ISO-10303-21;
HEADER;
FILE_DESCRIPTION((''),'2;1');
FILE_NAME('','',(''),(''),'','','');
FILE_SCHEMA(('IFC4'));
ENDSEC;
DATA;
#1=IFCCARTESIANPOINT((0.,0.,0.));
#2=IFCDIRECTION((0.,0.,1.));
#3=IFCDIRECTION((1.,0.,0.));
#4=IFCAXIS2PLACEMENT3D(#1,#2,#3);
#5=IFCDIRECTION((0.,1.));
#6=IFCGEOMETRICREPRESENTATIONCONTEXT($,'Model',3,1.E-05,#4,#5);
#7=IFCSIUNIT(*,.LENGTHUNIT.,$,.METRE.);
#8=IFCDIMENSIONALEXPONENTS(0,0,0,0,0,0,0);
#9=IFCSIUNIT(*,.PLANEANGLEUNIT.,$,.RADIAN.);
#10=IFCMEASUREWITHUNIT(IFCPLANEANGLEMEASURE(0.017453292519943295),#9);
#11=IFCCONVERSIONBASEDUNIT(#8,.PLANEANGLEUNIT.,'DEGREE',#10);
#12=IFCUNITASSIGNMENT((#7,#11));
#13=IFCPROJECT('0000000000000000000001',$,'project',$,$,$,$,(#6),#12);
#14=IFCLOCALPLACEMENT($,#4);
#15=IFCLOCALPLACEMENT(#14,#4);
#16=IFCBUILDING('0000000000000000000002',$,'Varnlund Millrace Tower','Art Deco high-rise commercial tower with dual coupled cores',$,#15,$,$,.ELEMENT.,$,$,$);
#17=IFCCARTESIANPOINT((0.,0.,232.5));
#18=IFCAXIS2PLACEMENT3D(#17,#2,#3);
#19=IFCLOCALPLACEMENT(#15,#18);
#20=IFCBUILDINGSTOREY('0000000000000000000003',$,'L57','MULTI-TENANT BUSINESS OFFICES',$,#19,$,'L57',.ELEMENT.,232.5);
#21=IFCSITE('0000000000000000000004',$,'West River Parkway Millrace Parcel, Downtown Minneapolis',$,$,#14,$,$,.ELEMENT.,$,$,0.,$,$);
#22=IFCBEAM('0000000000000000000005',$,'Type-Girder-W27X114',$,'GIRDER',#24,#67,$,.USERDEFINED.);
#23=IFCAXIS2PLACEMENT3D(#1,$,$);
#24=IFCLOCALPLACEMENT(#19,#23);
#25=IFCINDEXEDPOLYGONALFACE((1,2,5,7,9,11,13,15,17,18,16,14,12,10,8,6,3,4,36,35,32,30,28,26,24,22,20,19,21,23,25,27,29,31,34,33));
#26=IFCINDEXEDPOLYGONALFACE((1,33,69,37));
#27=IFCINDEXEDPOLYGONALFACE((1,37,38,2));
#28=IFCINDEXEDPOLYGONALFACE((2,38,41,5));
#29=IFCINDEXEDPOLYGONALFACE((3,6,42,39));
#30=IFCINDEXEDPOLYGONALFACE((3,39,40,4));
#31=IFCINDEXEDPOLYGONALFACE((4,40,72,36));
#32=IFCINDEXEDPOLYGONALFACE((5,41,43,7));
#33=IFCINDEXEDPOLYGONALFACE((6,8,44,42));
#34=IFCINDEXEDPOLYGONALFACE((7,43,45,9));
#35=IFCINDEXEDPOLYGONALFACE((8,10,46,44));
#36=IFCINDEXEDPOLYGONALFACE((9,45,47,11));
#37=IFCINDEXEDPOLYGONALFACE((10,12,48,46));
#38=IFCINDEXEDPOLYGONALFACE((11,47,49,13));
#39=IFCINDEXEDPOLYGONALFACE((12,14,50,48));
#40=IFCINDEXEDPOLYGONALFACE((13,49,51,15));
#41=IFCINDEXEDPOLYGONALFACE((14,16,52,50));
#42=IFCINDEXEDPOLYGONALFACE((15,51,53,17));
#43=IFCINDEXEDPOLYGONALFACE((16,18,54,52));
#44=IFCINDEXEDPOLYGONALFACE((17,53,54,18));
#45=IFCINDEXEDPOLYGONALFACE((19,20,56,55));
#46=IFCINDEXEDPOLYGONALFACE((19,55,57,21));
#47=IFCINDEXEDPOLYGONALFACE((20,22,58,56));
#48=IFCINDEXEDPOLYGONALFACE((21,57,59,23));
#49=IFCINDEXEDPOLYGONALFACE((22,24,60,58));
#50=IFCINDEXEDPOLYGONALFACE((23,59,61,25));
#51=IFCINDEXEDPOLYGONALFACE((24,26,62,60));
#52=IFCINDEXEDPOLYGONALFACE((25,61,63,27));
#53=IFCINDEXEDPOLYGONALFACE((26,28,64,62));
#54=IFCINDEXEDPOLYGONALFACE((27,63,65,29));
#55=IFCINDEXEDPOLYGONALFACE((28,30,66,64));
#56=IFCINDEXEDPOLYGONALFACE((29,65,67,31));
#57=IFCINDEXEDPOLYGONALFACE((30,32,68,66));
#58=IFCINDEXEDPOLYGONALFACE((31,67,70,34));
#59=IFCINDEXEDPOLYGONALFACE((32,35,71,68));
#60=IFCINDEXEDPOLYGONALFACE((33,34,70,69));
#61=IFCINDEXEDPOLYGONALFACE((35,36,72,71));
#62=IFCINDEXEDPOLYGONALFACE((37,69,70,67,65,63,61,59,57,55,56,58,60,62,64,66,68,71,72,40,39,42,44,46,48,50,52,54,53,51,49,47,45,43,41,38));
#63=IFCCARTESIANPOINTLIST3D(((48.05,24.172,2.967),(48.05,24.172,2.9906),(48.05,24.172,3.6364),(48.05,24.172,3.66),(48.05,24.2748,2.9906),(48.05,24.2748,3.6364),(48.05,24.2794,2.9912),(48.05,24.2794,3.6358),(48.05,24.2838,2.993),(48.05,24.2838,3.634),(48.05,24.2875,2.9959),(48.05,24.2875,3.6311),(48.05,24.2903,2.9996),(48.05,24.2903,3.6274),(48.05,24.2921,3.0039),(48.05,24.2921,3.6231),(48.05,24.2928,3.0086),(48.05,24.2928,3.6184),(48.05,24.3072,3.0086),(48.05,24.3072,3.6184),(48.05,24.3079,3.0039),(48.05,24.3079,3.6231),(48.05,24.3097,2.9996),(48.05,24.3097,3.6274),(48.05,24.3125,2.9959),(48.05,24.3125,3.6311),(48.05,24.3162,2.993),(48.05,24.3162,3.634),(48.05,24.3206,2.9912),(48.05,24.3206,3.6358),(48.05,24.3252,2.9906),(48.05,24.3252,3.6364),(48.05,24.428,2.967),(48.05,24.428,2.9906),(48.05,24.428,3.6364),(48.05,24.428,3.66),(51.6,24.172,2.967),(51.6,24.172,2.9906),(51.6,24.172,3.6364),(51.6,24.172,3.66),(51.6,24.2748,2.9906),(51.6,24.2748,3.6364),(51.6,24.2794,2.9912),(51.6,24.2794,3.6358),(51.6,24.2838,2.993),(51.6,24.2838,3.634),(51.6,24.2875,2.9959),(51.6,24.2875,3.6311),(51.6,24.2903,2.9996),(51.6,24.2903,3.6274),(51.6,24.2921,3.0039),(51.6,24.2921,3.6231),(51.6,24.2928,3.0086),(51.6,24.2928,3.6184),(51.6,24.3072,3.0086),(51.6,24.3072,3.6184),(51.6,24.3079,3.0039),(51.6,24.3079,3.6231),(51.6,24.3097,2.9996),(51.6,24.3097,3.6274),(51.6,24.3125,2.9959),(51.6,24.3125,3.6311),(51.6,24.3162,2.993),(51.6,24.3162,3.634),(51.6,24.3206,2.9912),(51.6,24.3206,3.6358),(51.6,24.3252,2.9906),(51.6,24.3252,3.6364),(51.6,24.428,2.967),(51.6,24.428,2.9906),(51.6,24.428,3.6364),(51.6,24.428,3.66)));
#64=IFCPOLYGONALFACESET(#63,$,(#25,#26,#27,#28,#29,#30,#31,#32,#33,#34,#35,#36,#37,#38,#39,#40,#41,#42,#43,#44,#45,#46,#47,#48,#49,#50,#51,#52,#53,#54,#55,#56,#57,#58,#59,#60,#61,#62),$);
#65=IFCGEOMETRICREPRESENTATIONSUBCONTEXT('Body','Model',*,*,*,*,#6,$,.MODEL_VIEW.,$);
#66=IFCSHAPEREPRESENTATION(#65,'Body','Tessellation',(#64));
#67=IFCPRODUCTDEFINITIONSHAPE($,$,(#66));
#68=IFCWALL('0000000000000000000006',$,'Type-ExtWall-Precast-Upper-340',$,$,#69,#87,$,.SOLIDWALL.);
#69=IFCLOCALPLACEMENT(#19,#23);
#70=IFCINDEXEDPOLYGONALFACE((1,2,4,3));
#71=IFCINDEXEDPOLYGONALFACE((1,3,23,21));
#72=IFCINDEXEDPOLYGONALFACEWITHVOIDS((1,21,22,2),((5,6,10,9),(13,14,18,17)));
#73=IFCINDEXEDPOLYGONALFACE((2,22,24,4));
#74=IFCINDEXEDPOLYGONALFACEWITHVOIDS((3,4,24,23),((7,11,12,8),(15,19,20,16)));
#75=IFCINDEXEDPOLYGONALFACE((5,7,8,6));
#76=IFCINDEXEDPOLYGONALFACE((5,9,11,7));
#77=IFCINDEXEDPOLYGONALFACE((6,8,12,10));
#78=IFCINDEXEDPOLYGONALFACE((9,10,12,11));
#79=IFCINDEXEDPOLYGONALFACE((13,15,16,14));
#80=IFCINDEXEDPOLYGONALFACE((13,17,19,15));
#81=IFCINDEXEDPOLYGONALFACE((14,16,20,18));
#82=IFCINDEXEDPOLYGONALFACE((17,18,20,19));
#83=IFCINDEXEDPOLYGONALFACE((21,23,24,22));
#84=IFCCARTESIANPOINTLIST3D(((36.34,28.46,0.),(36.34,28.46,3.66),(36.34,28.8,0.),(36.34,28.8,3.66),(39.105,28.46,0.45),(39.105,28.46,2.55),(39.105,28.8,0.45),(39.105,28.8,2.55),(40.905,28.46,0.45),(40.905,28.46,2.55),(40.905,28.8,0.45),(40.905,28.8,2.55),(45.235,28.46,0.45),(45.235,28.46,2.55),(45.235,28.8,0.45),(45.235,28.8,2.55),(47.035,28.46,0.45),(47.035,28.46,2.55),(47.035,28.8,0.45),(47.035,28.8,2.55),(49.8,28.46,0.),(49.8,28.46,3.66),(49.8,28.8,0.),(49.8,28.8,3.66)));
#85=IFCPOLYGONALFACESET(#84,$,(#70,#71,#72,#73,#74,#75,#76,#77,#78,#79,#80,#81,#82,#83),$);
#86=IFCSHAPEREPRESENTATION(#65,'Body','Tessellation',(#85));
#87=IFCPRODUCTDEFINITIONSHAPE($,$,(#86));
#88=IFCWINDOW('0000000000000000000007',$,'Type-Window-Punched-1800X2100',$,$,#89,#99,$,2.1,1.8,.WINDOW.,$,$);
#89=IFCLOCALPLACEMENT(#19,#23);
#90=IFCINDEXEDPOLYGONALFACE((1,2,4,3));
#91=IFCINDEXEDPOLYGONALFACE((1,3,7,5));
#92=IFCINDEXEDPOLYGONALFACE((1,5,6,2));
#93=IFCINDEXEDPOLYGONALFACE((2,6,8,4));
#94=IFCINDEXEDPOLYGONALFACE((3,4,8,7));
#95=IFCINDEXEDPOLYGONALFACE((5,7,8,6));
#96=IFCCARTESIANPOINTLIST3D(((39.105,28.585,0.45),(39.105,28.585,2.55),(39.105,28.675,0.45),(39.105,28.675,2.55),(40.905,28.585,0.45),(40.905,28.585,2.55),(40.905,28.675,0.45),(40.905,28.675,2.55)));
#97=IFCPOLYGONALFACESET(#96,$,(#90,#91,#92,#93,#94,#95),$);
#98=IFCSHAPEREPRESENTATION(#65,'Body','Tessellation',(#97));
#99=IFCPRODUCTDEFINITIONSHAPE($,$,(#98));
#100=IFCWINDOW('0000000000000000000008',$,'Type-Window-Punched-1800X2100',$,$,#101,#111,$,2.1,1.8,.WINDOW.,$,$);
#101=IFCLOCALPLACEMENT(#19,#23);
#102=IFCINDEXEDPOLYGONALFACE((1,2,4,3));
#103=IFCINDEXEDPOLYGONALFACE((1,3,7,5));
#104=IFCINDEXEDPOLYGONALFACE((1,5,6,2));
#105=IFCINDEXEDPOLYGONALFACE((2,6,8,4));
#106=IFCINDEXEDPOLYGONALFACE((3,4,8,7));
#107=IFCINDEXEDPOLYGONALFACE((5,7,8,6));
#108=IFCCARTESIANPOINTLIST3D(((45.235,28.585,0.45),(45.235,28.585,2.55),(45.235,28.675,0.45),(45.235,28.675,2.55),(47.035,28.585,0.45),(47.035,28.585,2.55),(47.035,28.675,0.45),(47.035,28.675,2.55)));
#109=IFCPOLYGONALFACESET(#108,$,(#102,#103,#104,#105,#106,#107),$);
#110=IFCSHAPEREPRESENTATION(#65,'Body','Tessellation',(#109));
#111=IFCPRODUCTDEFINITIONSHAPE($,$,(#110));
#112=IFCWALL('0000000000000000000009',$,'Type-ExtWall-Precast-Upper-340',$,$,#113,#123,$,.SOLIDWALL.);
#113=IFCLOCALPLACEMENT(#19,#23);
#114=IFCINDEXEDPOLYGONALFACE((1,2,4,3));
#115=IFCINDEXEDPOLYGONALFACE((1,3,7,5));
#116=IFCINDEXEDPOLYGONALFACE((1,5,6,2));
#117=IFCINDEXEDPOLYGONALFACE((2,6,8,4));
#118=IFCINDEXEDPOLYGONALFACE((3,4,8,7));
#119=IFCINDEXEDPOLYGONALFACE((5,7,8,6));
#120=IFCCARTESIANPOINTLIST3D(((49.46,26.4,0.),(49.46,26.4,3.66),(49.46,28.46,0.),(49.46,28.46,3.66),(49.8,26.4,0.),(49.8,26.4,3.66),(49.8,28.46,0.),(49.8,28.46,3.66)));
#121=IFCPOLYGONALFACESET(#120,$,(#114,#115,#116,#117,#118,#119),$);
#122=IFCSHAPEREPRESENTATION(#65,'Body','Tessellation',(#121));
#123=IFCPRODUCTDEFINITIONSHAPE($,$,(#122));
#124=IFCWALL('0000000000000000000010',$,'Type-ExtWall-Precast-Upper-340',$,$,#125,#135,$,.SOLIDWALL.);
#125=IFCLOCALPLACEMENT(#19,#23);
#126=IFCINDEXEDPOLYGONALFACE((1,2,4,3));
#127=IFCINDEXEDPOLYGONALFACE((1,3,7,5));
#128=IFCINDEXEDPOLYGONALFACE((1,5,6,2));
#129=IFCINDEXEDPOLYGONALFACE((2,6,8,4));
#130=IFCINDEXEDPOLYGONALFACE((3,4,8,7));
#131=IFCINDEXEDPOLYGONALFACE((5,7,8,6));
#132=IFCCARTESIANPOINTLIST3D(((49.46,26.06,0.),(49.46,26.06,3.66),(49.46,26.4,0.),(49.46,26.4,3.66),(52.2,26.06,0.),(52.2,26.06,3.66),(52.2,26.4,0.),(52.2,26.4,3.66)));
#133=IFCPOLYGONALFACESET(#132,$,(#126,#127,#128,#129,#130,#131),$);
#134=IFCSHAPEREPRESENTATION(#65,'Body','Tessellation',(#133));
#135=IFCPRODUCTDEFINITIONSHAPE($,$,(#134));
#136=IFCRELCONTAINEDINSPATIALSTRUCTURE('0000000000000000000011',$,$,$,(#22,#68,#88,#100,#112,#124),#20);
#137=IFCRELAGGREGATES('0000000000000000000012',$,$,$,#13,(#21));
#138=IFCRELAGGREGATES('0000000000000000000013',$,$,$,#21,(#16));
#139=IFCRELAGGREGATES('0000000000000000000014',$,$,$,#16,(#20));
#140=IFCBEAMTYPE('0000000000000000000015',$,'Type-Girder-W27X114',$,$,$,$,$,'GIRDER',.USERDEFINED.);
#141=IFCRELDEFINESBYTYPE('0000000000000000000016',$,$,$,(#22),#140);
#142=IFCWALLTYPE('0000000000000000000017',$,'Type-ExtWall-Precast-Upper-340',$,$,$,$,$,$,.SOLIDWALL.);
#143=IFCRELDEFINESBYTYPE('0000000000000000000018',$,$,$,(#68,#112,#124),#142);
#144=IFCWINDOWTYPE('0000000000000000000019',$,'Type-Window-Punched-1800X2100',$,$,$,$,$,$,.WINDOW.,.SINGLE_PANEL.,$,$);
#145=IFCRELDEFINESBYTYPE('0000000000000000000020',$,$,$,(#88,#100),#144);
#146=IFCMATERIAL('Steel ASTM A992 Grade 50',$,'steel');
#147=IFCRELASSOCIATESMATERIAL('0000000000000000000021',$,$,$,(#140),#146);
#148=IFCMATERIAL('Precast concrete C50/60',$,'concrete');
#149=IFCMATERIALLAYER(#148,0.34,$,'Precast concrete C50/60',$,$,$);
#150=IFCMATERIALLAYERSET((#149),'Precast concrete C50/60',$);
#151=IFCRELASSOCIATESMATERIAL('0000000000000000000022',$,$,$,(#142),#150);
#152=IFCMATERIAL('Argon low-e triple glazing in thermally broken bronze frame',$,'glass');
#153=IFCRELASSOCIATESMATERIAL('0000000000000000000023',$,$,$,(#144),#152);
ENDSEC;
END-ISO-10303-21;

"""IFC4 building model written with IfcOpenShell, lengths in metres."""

from ifc_helpers import new_model, entity, si_unit, converted_unit, direction, frame, origin_with_axes, origin_2d_with_axis, place, context, subcontext, project, spatial, polyline, rectangle, i_section, outline, extrude, material, layer, layer_set, material_profile, profile_set, type_object, element, fill, save


model = new_model("IFC4")

# Units and contexts
model_context = context("Model", 3, precision=1e-05, world=origin_with_axes(), true_north=direction((0.0, 1.0)))
body_context = subcontext(model_context, "Body", "Model", "MODEL_VIEW")
ifc_project = project(units=[si_unit("LENGTHUNIT", "METRE"), converted_unit("PLANEANGLEUNIT", "DEGREE", entity("IfcPlaneAngleMeasure", 0.017453292519943295), si_unit("PLANEANGLEUNIT", "RADIAN"), dimensions=[0, 0, 0, 0, 0, 0, 0])], contexts=[model_context])

# Site, building, storey
site_placement = place(None, origin_with_axes())
site = spatial("IfcSite", under=ifc_project, at=site_placement, Name="West River Parkway Millrace Parcel, Downtown Minneapolis", CompositionType="ELEMENT", RefElevation=0.0)
building_placement = place(site_placement, origin_with_axes())
building = spatial("IfcBuilding", under=site, at=building_placement, Name="Varnlund Millrace Tower", Description="Art Deco high-rise commercial tower with dual coupled cores", CompositionType="ELEMENT")
storey_placement = place(building_placement, frame((0.0, 0.0, 232.5), z_axis=(0.0, 0.0, 1.0), x_axis=(1.0, 0.0, 0.0)))
storey = spatial("IfcBuildingStorey", under=building, at=storey_placement, Name="L57", Description="MULTI-TENANT BUSINESS OFFICES", LongName="L57", CompositionType="ELEMENT", Elevation=232.5)

# Beam
ifc_material_1 = material(Name="Steel ASTM A992 Grade 50", Category="steel")
ifc_material_profile = material_profile(ifc_material_1, i_section(OverallWidth=0.256, OverallDepth=0.693, WebThickness=0.0145, FlangeThickness=0.0236, FilletRadius=0.018, at=origin_2d_with_axis()), Name="Steel ASTM A992 Grade 50")
ifc_profile_set = profile_set([ifc_material_profile], Name="Steel ASTM A992 Grade 50")
beam_type = type_object("IfcBeamType", Name="Type-Girder-W27X114", ElementType="GIRDER", PredefinedType="USERDEFINED", material=ifc_profile_set)
beam_placement = place(storey_placement, frame((48.05, 24.3, 3.3135), z_axis=(1.0, 0.0, 0.0), x_axis=(0.0, 1.0, 0.0)))
element("IfcBeam", 1, at=beam_placement, inside=storey, type_object=beam_type, Name="Type-Girder-W27X114", ObjectType="GIRDER", PredefinedType="USERDEFINED", context=body_context, shape_type="SweptSolid", body=[
    extrude(i_section(OverallWidth=0.256, OverallDepth=0.693, WebThickness=0.0145, FlangeThickness=0.0236, FilletRadius=0.018, at=origin_2d_with_axis()), origin_with_axes(), (0.0, 0.0, 1.0), 3.55),
])

# Wall, openings, windows
ifc_material_2 = material(Name="Precast concrete C50/60", Category="concrete")
ifc_layer_1 = layer(ifc_material_2, 0.34, Name="Precast concrete C50/60")
ifc_layer_set_1 = layer_set([ifc_layer_1], Name="Precast concrete C50/60")
wall_type_1 = type_object("IfcWallType", Name="Type-ExtWall-Precast-Upper-340", PredefinedType="SOLIDWALL", material=ifc_layer_set_1)
wall_1_placement = place(storey_placement, frame((36.34, 28.63, 0.0), z_axis=(0.0, 0.0, 1.0), x_axis=(1.0, 0.0, 0.0)))
wall_1 = element("IfcWall", 2, at=wall_1_placement, inside=storey, type_object=wall_type_1, Name="Type-ExtWall-Precast-Upper-340", PredefinedType="SOLIDWALL", context=body_context, shape_type="SweptSolid", body=[
    extrude(outline(polyline([(0.0, -0.17), (13.46, -0.17), (13.46, 0.17), (0.0, 0.17), (0.0, -0.17)])), origin_with_axes(), (0.0, 0.0, 1.0), 3.66),
])
opening_1_placement = place(wall_1_placement, frame((3.665, 0.0, 0.45), z_axis=(0.0, 0.0, 1.0), x_axis=(1.0, 0.0, 0.0)))
opening_1 = element("IfcOpeningElement", 3, at=opening_1_placement, cuts=wall_1, PredefinedType="OPENING", context=body_context, shape_type="SweptSolid", body=[
    extrude(rectangle(XDim=1.8, YDim=0.36, at=origin_2d_with_axis()), origin_with_axes(), (0.0, 0.0, 1.0), 2.1),
])
opening_2_placement = place(wall_1_placement, frame((9.795, 0.0, 0.45), z_axis=(0.0, 0.0, 1.0), x_axis=(1.0, 0.0, 0.0)))
opening_2 = element("IfcOpeningElement", 4, at=opening_2_placement, cuts=wall_1, PredefinedType="OPENING", context=body_context, shape_type="SweptSolid", body=[
    extrude(rectangle(XDim=1.8, YDim=0.36, at=origin_2d_with_axis()), origin_with_axes(), (0.0, 0.0, 1.0), 2.1),
])
ifc_material_3 = material(Name="Argon low-e triple glazing in thermally broken bronze frame", Category="glass")
window_type = type_object("IfcWindowType", Name="Type-Window-Punched-1800X2100", PartitioningType="SINGLE_PANEL", PredefinedType="WINDOW", material=ifc_material_3)
window_1_placement = place(wall_1_placement, frame((3.665, 0.0, 0.45), z_axis=(0.0, 0.0, 1.0), x_axis=(1.0, 0.0, 0.0)))
window_1 = element("IfcWindow", 5, at=window_1_placement, inside=storey, type_object=window_type, Name="Type-Window-Punched-1800X2100", OverallHeight=2.1, OverallWidth=1.8, PredefinedType="WINDOW", context=body_context, shape_type="SweptSolid", body=[
    extrude(rectangle(XDim=1.8, YDim=0.09, at=origin_2d_with_axis()), origin_with_axes(), (0.0, 0.0, 1.0), 2.1),
])
fill(opening_1, window_1)
window_2_placement = place(wall_1_placement, frame((9.795, 0.0, 0.45), z_axis=(0.0, 0.0, 1.0), x_axis=(1.0, 0.0, 0.0)))
window_2 = element("IfcWindow", 6, at=window_2_placement, inside=storey, type_object=window_type, Name="Type-Window-Punched-1800X2100", OverallHeight=2.1, OverallWidth=1.8, PredefinedType="WINDOW", context=body_context, shape_type="SweptSolid", body=[
    extrude(rectangle(XDim=1.8, YDim=0.09, at=origin_2d_with_axis()), origin_with_axes(), (0.0, 0.0, 1.0), 2.1),
])
fill(opening_2, window_2)

# Walls
wall_2_placement = place(storey_placement, frame((49.63, 28.46, 0.0), z_axis=(0.0, 0.0, 1.0), x_axis=(0.0, -1.0, 0.0)))
element("IfcWall", 7, at=wall_2_placement, inside=storey, type_object=wall_type_1, Name="Type-ExtWall-Precast-Upper-340", PredefinedType="SOLIDWALL", context=body_context, shape_type="SweptSolid", body=[
    extrude(outline(polyline([(0.0, -0.17), (2.06, -0.17), (2.06, 0.17), (0.0, 0.17), (0.0, -0.17)])), origin_with_axes(), (0.0, 0.0, 1.0), 3.66),
])
wall_3_placement = place(storey_placement, frame((49.46, 26.23, 0.0), z_axis=(0.0, 0.0, 1.0), x_axis=(1.0, 0.0, 0.0)))
element("IfcWall", 8, at=wall_3_placement, inside=storey, type_object=wall_type_1, Name="Type-ExtWall-Precast-Upper-340", PredefinedType="SOLIDWALL", context=body_context, shape_type="SweptSolid", body=[
    extrude(outline(polyline([(0.0, -0.17), (2.74, -0.17), (2.74, 0.17), (0.0, 0.17), (0.0, -0.17)])), origin_with_axes(), (0.0, 0.0, 1.0), 3.66),
])

save(model, "model.ifc")
